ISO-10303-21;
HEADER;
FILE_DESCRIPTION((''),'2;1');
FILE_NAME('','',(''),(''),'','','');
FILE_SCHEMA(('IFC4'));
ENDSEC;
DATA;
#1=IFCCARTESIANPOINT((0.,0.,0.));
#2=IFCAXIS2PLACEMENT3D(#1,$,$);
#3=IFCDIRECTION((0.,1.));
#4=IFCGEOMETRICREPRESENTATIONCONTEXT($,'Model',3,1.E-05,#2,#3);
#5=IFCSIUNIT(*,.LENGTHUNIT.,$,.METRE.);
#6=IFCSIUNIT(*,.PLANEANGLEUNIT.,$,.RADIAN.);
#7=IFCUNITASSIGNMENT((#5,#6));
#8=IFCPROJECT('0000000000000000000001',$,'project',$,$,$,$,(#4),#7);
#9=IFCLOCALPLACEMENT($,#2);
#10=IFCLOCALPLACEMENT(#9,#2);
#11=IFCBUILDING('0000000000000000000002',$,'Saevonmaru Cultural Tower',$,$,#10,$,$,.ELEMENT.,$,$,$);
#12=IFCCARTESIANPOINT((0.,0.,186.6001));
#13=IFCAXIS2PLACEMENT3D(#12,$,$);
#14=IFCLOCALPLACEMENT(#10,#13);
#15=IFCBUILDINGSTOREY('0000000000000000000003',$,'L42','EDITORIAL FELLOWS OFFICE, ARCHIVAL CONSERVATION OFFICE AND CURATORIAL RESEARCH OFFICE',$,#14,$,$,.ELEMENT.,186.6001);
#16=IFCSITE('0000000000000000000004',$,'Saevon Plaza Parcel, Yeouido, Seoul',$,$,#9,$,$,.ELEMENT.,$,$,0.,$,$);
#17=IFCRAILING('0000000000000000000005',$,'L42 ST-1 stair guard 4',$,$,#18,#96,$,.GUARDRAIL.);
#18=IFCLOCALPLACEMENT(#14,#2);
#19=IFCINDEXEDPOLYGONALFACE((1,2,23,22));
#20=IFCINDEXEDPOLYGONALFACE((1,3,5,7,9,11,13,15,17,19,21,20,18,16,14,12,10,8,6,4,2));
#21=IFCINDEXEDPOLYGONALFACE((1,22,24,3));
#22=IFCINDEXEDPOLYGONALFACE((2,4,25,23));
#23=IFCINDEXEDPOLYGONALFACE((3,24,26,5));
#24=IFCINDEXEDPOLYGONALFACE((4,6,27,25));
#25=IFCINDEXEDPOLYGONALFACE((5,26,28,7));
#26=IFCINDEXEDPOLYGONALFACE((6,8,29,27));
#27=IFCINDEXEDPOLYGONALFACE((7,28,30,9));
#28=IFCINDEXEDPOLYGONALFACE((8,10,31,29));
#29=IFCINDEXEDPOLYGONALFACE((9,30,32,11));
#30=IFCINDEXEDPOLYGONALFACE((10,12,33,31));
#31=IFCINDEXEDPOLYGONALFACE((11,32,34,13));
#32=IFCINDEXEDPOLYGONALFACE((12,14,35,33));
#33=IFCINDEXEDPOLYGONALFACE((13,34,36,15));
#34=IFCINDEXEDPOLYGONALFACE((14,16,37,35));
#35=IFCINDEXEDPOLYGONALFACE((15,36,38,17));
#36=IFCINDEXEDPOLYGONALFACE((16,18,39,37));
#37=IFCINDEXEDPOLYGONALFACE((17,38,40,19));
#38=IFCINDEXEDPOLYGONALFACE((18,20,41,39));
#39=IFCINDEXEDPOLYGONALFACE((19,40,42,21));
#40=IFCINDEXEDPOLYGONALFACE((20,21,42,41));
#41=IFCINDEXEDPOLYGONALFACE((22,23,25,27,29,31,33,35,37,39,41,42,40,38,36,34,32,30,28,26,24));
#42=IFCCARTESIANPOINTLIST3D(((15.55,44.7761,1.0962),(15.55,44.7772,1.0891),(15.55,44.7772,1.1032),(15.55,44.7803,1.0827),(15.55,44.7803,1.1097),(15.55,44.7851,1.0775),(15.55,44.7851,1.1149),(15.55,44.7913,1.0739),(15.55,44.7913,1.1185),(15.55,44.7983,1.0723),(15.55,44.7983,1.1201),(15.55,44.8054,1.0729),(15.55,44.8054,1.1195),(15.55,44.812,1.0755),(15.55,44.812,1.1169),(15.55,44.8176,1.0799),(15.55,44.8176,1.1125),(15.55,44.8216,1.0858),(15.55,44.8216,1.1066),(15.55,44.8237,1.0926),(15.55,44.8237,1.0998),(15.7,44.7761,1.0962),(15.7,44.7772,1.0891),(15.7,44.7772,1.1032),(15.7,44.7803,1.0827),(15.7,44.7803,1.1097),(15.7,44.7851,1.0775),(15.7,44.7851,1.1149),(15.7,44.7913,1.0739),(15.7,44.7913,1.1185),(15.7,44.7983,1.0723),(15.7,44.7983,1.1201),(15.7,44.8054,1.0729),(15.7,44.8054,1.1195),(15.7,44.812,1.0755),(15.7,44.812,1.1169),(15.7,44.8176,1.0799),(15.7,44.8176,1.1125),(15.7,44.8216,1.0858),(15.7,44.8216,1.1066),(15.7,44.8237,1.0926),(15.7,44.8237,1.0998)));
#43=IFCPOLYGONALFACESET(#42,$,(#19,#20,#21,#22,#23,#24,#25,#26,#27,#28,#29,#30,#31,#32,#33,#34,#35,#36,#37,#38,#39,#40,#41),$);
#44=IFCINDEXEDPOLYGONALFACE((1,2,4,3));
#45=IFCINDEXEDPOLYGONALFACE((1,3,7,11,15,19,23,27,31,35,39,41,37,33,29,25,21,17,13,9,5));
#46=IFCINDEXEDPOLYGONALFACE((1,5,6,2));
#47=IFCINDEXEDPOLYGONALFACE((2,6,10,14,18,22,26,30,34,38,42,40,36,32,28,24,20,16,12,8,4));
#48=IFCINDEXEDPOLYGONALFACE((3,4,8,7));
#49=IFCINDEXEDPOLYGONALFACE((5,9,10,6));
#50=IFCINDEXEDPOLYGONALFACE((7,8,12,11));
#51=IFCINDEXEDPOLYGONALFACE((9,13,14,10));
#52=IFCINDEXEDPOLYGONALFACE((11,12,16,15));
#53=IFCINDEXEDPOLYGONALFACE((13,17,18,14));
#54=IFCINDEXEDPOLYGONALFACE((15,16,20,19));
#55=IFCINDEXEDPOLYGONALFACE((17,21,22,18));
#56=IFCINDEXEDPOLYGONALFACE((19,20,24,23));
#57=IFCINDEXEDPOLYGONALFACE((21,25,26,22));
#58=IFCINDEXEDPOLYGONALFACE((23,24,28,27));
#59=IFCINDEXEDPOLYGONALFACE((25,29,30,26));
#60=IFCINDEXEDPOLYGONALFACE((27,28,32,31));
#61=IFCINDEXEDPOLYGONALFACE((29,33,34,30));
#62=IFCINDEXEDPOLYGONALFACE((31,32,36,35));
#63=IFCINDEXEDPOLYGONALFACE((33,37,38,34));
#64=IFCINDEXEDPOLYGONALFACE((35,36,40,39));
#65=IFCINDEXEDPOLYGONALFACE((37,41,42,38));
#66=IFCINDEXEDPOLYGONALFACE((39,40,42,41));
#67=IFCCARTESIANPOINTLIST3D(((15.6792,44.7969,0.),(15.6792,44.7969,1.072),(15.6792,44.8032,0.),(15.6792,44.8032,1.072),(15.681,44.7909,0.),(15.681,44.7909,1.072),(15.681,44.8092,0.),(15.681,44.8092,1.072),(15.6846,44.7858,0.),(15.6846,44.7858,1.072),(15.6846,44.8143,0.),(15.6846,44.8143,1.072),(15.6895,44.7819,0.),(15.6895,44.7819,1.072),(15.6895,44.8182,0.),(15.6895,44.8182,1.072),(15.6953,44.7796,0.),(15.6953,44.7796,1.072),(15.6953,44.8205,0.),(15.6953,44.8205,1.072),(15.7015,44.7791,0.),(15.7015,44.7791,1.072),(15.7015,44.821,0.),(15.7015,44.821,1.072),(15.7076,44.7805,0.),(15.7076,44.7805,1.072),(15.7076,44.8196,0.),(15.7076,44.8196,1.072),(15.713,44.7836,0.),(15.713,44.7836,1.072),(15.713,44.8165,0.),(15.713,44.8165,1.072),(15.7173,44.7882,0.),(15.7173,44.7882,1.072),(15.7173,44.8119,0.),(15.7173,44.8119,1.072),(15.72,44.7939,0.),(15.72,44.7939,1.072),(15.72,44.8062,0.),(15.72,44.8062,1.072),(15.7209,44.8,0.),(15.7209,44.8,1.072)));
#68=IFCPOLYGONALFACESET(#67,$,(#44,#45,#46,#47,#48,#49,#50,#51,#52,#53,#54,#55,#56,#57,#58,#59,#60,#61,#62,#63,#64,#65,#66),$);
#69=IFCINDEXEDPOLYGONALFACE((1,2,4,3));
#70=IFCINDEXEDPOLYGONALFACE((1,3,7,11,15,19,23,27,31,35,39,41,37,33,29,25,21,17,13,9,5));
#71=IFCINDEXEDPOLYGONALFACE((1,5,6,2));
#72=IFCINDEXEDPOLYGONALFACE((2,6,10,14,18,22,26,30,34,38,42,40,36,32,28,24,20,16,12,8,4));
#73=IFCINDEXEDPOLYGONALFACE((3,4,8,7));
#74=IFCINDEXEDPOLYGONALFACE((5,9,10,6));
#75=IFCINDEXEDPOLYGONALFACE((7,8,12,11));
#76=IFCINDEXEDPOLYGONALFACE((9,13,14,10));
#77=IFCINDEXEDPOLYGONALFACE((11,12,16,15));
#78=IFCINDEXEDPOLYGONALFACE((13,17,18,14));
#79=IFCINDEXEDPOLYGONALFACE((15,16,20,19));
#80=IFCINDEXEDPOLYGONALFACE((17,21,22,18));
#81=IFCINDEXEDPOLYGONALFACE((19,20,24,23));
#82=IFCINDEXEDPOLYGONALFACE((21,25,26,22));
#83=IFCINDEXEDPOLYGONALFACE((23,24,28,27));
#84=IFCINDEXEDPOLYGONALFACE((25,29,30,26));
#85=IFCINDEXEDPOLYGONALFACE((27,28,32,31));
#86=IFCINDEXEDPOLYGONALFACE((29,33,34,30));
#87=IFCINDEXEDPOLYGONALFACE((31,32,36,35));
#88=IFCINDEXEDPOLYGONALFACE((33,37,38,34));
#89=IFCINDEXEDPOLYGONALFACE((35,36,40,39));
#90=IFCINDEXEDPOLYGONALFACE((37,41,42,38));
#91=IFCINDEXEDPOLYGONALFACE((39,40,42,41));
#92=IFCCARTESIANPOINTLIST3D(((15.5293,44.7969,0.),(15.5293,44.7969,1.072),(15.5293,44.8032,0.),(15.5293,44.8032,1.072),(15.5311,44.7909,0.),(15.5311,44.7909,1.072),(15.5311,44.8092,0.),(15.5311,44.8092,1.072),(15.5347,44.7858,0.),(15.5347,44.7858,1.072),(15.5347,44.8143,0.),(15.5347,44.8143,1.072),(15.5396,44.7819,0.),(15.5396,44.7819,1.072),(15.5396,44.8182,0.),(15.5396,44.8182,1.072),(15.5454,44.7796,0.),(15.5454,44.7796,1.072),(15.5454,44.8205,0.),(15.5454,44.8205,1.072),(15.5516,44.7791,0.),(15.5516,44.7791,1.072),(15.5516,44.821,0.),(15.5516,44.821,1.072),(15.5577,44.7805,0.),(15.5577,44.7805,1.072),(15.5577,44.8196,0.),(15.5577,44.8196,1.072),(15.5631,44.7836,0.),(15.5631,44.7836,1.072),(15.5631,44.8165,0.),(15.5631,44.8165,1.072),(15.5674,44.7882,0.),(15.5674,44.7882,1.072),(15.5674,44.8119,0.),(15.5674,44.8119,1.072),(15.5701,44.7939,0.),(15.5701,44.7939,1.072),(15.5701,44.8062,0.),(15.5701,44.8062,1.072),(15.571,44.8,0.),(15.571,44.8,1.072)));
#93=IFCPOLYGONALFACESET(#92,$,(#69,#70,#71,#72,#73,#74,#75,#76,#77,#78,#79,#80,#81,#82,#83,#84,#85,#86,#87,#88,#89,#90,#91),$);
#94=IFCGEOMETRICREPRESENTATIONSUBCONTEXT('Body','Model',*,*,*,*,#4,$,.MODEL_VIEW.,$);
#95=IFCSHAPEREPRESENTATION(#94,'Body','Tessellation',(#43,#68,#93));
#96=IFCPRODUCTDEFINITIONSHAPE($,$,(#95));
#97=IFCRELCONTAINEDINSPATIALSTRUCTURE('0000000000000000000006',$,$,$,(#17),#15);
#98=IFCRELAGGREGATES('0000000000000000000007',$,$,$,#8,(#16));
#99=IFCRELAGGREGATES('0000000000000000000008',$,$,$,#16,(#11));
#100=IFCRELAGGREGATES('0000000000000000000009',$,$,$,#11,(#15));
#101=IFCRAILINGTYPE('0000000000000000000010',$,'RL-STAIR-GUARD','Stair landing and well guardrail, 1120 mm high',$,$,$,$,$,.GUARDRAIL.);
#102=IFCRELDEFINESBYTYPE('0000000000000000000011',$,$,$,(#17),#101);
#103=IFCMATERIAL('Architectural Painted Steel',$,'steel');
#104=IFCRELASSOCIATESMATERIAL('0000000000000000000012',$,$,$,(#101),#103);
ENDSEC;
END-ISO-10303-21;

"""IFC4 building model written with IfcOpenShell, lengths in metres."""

from ifc_helpers import new_model, si_unit, direction, frame, origin, origin_2d, place, context, subcontext, project, spatial, circle, extrude, material, type_object, element, save


model = new_model("IFC4")

# Units and contexts
model_context = context("Model", 3, precision=1e-05, world=origin(), true_north=direction((0.0, 1.0)))
body_context = subcontext(model_context, "Body", "Model", "MODEL_VIEW")
ifc_project = project(units=[si_unit("LENGTHUNIT", "METRE"), si_unit("PLANEANGLEUNIT", "RADIAN")], contexts=[model_context])

# Site, building, storey
site_placement = place(None, origin())
site = spatial("IfcSite", under=ifc_project, at=site_placement, Name="Saevon Plaza Parcel, Yeouido, Seoul", CompositionType="ELEMENT", RefElevation=0.0)
building_placement = place(site_placement, origin())
building = spatial("IfcBuilding", under=site, at=building_placement, Name="Saevonmaru Cultural Tower", CompositionType="ELEMENT")
storey_placement = place(building_placement, frame((0.0, 0.0, 186.6001)))
storey = spatial("IfcBuildingStorey", under=building, at=storey_placement, Name="L42", Description="EDITORIAL FELLOWS OFFICE, ARCHIVAL CONSERVATION OFFICE AND CURATORIAL RESEARCH OFFICE", CompositionType="ELEMENT", Elevation=186.6001)

# Railing
ifc_material_1 = material(Name="Architectural Painted Steel", Category="steel")
railing_type_1 = type_object("IfcRailingType", Name="RL-STAIR-GUARD", Description="Stair landing and well guardrail, 1120 mm high", PredefinedType="GUARDRAIL", material=ifc_material_1)
railing_1_placement = place(storey_placement, frame((15.7, 44.8, 0.0)))
element("IfcRailing", 1, at=railing_1_placement, inside=storey, type_object=railing_type_1, Name="L42 ST-1 stair guard 4", PredefinedType="GUARDRAIL", context=body_context, shape_type="SweptSolid", body=[
    extrude(circle(Radius=0.0239, at=origin_2d()), frame((0.0, 0.0, 1.0962), z_axis=(-1.0, 0.0, 0.0), x_axis=(0.0, -1.0, 0.0)), (0.0, 0.0, 1.0), 0.1499),
    extrude(circle(Radius=0.021, at=origin_2d()), origin(), (0.0, 0.0, 1.0), 1.072),
    extrude(circle(Radius=0.021, at=origin_2d()), frame((-0.1499, 0.0, 0.0)), (0.0, 0.0, 1.0), 1.072),
])

save(model, "model.ifc")
